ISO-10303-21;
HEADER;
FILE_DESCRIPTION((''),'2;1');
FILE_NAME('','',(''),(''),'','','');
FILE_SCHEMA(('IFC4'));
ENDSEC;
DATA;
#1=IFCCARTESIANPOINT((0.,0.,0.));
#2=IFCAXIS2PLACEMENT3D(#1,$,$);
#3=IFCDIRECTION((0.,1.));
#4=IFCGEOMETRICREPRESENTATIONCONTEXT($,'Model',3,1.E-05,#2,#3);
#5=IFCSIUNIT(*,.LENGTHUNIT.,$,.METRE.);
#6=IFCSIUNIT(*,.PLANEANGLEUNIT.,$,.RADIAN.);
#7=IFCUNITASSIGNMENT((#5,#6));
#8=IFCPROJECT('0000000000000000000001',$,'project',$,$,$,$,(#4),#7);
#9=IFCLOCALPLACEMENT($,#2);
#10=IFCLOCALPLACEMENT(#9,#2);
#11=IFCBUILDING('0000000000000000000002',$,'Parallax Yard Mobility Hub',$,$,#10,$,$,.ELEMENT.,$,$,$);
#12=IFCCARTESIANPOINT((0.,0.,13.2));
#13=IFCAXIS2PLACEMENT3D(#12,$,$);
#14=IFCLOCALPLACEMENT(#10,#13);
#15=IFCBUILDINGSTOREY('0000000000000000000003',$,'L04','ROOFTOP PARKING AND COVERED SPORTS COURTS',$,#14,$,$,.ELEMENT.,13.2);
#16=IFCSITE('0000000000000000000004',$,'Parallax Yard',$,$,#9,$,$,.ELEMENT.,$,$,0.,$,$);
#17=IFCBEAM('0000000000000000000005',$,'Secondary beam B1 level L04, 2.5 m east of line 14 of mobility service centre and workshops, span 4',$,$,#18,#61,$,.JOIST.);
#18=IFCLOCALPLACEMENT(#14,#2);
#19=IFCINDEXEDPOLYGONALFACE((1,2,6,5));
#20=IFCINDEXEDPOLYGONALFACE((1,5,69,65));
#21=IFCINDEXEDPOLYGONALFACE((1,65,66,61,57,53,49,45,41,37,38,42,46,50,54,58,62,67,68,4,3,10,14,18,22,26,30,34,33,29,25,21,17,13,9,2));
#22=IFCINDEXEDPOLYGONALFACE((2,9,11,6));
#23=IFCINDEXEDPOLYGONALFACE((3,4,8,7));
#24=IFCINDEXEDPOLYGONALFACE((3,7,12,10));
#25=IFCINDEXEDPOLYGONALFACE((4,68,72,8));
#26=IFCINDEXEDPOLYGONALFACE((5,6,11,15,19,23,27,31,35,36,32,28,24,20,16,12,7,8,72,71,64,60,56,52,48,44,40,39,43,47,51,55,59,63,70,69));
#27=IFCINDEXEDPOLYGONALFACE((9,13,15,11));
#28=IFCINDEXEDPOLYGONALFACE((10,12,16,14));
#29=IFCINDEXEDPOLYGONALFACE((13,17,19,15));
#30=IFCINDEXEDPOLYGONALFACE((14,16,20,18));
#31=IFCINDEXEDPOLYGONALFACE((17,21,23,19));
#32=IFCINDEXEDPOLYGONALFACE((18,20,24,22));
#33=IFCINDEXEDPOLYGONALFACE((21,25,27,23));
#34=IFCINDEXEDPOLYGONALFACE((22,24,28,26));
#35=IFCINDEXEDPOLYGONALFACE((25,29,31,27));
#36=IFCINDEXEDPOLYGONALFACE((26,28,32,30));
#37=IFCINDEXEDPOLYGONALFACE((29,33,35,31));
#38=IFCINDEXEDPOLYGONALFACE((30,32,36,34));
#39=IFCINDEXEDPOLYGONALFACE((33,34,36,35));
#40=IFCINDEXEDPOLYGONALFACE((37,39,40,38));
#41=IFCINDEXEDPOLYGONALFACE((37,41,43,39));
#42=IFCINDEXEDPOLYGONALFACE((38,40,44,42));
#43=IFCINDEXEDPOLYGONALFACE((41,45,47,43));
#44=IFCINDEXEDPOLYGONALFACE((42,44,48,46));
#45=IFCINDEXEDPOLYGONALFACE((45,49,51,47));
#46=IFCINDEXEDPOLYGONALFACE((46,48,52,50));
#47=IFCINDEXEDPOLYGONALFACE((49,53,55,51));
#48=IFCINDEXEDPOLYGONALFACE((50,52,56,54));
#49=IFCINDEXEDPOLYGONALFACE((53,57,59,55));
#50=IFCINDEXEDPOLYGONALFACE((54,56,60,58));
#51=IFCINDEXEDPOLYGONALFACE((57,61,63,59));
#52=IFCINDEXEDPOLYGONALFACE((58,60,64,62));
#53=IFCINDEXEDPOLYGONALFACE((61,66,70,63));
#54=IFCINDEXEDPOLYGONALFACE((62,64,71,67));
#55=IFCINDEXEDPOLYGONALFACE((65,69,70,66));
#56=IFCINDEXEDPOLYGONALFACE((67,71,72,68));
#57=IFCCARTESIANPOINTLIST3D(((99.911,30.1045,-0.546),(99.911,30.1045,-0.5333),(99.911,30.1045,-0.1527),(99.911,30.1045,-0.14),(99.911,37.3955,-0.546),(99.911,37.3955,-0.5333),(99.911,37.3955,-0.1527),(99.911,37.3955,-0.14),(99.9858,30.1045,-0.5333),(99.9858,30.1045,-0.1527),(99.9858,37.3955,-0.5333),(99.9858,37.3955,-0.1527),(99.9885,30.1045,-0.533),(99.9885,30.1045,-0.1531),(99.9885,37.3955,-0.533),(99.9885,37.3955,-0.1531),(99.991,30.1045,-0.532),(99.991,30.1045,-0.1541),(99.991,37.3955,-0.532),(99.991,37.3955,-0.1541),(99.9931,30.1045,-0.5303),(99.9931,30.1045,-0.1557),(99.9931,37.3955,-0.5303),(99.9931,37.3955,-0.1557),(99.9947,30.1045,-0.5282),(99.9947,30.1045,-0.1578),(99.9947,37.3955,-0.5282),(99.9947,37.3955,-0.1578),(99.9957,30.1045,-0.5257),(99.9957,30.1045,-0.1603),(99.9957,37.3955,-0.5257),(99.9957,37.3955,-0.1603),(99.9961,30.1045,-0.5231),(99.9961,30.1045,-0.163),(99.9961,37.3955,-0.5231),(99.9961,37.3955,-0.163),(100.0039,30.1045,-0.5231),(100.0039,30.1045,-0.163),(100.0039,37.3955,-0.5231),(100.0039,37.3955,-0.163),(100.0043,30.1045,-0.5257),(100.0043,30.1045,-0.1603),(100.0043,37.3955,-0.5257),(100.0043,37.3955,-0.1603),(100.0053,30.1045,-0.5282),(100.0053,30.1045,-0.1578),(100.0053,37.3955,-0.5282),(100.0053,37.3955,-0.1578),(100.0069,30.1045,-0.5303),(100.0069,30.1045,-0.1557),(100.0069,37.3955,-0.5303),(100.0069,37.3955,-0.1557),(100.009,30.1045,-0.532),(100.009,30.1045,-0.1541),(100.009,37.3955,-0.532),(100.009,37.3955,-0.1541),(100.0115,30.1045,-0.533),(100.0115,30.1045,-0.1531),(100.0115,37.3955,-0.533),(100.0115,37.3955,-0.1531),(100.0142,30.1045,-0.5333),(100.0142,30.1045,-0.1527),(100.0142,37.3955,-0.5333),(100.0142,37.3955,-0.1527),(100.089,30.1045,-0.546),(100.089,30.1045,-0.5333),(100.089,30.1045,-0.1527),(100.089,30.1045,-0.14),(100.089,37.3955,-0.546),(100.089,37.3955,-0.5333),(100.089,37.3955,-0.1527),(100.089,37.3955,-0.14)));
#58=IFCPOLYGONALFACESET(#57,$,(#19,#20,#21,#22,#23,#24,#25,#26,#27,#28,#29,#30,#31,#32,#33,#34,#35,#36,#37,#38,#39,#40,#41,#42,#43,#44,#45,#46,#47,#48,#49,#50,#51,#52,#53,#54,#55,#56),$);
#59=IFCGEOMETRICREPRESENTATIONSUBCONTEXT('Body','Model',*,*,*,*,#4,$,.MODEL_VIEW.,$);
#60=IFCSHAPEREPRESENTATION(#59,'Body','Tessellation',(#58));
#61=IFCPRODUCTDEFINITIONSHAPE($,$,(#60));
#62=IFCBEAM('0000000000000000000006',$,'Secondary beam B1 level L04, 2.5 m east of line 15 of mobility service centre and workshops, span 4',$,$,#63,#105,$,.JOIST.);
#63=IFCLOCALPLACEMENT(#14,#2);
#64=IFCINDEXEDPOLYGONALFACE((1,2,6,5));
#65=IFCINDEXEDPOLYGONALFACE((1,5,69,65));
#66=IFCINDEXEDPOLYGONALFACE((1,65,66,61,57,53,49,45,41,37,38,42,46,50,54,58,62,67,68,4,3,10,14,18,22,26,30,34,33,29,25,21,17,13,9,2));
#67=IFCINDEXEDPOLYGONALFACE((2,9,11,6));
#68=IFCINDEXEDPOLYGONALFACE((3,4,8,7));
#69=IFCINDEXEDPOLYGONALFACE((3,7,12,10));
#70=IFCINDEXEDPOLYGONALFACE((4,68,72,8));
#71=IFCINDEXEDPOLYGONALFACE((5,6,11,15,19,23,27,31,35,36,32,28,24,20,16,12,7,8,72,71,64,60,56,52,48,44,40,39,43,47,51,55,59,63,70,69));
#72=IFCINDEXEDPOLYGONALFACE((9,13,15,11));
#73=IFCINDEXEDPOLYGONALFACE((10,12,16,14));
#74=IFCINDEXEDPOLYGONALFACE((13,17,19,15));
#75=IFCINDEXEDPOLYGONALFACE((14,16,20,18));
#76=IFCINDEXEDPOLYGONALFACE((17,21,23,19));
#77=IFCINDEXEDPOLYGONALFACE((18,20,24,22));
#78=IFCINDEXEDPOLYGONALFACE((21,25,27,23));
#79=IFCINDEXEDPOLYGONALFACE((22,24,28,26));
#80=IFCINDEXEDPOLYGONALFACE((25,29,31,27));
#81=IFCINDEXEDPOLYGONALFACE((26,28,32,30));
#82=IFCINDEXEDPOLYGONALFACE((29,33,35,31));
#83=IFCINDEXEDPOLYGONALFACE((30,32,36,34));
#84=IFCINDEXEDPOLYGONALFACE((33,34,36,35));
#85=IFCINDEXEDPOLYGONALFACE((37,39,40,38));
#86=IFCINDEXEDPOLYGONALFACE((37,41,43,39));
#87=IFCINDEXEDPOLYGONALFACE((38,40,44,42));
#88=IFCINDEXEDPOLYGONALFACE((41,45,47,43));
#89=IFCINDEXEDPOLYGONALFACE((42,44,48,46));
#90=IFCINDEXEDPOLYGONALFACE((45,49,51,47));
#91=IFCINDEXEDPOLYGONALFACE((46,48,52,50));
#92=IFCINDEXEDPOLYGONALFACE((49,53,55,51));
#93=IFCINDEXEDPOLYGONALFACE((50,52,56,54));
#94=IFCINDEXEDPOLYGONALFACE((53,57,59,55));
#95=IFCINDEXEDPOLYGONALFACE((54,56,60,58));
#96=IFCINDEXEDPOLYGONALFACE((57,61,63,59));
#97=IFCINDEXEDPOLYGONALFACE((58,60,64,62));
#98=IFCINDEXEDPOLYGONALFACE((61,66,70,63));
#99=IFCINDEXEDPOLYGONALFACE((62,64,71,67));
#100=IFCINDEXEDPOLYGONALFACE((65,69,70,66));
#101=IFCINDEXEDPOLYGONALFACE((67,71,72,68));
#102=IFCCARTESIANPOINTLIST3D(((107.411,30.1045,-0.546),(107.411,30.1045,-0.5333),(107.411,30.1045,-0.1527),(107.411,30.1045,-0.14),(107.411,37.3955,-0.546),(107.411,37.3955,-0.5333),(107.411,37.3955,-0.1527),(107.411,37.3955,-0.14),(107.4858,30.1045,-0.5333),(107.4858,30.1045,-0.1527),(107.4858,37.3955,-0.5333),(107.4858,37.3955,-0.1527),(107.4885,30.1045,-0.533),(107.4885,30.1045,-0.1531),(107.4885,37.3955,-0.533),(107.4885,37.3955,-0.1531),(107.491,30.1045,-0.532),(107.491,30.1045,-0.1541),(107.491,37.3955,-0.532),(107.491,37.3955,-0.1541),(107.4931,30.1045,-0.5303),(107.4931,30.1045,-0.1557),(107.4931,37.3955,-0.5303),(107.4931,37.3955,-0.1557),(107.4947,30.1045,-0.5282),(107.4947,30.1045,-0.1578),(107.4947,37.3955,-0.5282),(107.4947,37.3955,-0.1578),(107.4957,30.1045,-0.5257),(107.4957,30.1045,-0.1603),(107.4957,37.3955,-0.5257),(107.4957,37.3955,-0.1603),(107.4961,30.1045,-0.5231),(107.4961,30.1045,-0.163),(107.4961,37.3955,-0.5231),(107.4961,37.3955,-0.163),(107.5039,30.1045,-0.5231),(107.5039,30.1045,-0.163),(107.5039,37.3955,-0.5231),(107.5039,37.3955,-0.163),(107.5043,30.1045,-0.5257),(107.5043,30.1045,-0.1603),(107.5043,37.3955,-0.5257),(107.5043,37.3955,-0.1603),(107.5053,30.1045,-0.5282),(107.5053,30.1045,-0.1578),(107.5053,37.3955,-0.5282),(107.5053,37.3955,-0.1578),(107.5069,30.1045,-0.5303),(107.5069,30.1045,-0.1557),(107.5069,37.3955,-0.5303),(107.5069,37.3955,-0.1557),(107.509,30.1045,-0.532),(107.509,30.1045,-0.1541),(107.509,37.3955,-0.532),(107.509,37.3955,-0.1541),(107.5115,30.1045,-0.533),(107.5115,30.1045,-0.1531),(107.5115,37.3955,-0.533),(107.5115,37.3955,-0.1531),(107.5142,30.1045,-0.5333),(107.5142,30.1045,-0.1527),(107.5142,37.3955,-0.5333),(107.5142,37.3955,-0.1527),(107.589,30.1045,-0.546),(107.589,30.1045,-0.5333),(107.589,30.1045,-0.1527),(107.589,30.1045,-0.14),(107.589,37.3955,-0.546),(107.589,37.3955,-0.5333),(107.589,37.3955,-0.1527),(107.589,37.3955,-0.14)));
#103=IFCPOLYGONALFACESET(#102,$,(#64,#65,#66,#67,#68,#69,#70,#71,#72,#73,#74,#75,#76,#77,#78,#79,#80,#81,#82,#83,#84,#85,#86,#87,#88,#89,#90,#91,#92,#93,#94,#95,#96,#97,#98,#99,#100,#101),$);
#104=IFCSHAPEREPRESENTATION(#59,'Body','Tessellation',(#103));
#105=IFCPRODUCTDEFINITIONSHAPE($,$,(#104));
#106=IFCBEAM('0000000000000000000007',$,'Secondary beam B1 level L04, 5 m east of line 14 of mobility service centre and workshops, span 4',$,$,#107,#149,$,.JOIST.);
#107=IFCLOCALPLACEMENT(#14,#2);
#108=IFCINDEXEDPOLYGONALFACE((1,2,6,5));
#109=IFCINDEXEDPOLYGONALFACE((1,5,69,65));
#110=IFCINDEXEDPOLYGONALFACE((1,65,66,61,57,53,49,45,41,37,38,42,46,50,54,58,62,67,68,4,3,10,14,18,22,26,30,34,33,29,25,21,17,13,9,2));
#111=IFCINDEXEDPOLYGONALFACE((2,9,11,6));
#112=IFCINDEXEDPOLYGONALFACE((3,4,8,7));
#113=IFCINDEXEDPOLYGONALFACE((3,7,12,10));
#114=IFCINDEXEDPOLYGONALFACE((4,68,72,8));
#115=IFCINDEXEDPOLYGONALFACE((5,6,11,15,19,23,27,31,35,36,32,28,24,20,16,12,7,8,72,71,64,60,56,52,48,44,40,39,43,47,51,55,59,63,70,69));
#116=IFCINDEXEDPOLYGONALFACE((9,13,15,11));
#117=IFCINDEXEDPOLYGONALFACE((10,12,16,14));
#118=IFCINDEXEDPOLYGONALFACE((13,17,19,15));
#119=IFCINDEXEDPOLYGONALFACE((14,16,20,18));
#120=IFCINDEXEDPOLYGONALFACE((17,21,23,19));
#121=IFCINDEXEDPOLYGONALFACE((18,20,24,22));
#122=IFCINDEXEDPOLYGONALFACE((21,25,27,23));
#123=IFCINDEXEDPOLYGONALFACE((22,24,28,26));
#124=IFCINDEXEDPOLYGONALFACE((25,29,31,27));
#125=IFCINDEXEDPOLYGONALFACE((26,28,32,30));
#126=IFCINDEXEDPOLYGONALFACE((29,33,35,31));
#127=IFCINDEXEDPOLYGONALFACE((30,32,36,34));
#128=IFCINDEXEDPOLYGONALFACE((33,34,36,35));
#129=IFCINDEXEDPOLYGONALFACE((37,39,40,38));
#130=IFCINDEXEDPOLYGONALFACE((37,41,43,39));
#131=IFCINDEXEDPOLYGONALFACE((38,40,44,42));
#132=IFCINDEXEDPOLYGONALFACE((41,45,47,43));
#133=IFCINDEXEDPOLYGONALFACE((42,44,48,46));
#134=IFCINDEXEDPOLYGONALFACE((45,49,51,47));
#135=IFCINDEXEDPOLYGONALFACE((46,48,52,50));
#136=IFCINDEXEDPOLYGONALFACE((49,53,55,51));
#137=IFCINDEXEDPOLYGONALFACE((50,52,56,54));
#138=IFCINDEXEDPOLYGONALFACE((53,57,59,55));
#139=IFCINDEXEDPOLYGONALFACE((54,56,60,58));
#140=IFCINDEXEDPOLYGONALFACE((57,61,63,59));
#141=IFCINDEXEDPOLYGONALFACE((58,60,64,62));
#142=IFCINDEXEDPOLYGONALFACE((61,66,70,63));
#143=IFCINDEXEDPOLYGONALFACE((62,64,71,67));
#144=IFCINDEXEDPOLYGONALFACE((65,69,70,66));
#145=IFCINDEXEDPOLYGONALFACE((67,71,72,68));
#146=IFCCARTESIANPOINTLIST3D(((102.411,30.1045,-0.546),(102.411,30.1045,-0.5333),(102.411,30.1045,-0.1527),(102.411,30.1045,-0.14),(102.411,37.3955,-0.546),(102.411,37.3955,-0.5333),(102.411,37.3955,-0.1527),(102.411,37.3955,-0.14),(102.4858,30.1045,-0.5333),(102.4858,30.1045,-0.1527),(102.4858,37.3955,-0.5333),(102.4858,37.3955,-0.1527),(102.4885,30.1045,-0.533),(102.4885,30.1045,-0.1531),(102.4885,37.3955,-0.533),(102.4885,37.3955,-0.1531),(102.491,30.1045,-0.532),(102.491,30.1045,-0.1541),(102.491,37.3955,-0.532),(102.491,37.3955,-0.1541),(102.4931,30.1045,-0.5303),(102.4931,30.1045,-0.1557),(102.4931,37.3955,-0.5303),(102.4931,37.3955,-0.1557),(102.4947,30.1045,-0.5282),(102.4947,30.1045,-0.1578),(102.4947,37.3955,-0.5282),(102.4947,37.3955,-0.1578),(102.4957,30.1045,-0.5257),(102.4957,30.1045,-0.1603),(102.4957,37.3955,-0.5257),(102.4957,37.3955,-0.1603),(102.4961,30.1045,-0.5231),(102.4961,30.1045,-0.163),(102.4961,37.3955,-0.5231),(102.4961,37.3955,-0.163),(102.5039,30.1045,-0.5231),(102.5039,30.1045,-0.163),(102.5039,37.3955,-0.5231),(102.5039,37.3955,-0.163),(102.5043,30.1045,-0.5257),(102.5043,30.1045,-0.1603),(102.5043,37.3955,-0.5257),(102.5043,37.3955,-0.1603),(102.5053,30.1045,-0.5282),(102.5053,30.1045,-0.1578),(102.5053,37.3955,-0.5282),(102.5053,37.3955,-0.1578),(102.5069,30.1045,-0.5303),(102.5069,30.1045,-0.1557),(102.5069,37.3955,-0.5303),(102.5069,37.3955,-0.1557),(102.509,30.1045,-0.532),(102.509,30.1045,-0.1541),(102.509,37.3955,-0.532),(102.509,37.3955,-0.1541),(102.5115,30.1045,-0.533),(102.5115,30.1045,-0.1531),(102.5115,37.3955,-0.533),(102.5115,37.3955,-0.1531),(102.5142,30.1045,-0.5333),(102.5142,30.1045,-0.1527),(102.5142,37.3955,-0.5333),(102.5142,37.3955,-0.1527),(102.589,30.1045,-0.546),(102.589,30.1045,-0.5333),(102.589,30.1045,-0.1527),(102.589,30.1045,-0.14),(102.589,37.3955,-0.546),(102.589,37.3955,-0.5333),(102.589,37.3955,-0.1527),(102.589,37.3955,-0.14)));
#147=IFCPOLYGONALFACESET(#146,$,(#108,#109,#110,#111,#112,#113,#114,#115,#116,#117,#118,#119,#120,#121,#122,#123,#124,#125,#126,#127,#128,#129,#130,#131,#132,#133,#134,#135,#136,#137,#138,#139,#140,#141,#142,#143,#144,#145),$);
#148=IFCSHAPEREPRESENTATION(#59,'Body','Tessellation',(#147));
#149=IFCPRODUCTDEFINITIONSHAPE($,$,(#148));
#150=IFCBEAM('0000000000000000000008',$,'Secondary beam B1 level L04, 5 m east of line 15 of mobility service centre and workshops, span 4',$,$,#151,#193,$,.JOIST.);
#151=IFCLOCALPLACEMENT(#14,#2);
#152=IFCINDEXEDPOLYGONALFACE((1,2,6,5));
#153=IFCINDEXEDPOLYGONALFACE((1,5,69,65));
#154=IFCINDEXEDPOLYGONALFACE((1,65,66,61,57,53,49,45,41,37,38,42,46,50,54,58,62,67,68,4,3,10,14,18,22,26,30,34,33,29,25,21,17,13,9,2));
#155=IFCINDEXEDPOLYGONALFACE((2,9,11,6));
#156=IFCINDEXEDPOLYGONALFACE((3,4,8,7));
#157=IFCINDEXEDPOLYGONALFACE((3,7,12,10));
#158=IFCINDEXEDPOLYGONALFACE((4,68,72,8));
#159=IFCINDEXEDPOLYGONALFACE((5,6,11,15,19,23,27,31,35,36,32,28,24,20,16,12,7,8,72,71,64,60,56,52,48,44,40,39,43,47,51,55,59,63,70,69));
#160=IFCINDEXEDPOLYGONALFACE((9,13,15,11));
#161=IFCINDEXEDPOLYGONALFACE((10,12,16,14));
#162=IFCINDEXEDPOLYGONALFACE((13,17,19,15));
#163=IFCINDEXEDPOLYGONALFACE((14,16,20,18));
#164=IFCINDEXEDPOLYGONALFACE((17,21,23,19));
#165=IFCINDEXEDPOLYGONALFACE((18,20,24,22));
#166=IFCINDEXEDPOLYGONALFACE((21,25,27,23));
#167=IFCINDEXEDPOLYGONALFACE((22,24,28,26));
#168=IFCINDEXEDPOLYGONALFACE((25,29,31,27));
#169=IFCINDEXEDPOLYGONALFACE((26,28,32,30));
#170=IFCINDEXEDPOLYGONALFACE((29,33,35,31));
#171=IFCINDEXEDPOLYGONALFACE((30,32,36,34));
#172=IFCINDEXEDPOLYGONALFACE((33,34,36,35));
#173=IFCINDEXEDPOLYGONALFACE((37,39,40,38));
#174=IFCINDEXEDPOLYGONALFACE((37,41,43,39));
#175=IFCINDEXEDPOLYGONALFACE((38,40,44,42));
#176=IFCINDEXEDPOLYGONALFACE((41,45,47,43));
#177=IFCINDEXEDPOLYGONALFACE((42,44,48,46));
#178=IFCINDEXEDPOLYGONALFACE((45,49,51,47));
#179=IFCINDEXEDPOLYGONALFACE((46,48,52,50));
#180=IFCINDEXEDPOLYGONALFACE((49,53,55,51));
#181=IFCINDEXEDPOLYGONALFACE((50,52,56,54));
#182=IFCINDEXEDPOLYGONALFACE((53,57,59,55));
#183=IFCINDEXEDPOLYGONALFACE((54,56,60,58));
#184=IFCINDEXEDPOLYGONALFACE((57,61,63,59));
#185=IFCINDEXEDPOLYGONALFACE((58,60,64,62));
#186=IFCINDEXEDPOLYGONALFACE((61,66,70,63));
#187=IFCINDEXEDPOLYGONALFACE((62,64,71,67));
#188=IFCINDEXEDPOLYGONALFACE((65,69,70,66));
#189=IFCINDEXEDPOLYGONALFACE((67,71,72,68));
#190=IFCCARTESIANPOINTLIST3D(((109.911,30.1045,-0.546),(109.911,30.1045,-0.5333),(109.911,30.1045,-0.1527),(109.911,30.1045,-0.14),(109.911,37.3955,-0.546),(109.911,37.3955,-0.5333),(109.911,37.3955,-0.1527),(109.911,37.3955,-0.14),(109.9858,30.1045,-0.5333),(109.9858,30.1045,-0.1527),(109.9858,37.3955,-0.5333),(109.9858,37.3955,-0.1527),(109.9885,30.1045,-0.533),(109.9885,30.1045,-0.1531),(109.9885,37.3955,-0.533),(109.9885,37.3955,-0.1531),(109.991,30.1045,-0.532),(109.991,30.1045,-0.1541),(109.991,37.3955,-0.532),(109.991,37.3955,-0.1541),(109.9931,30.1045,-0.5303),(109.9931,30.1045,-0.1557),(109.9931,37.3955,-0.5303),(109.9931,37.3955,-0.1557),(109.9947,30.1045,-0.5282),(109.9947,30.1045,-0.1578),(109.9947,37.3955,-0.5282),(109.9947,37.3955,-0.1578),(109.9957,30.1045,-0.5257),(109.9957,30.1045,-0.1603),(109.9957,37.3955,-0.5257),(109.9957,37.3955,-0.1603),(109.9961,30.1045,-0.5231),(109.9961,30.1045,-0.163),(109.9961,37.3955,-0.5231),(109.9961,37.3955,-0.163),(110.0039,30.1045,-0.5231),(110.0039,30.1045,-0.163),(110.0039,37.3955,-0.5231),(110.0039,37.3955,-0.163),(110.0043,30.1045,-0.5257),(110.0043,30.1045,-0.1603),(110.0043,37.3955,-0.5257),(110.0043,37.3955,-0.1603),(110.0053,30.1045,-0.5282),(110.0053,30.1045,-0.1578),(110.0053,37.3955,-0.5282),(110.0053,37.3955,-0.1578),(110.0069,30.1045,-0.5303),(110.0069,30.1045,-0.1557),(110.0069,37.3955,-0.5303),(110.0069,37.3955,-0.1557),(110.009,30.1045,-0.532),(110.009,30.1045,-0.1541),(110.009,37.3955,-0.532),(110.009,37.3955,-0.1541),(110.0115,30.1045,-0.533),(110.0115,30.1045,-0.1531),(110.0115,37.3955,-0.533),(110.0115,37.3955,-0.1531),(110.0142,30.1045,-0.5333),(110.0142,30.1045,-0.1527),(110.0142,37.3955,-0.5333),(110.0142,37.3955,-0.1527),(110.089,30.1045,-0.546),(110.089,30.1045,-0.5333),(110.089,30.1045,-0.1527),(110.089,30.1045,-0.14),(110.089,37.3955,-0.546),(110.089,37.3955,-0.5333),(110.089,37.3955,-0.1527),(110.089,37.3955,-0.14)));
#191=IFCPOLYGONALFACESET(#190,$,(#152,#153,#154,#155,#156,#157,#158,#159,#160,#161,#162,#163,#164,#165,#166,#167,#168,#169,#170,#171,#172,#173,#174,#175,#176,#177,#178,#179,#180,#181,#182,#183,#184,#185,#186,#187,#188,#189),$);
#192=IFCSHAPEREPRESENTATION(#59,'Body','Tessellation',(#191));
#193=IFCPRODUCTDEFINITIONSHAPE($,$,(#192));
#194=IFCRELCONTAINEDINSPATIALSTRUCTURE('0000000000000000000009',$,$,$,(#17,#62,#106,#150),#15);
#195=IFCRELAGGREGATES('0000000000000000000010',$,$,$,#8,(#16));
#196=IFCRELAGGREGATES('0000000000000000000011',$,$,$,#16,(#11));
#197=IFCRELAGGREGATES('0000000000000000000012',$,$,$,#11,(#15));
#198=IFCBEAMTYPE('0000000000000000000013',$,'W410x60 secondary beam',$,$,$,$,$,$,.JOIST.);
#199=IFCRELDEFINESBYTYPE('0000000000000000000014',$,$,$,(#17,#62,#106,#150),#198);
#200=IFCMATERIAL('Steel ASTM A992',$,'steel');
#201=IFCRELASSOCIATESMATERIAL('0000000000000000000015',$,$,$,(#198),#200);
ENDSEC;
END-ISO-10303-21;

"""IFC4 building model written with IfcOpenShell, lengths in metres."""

from ifc_helpers import new_model, si_unit, direction, frame, origin, origin_2d, place, context, subcontext, project, spatial, i_section, extrude, material, material_profile, profile_set, type_object, element, save


model = new_model("IFC4")

# Units and contexts
model_context = context("Model", 3, precision=1e-05, world=origin(), true_north=direction((0.0, 1.0)))
body_context = subcontext(model_context, "Body", "Model", "MODEL_VIEW")
ifc_project = project(units=[si_unit("LENGTHUNIT", "METRE"), si_unit("PLANEANGLEUNIT", "RADIAN")], contexts=[model_context])

# Site, building, storey
site_placement = place(None, origin())
site = spatial("IfcSite", under=ifc_project, at=site_placement, Name="Parallax Yard", CompositionType="ELEMENT", RefElevation=0.0)
building_placement = place(site_placement, origin())
building = spatial("IfcBuilding", under=site, at=building_placement, Name="Parallax Yard Mobility Hub", CompositionType="ELEMENT")
storey_placement = place(building_placement, frame((0.0, 0.0, 13.2)))
storey = spatial("IfcBuildingStorey", under=building, at=storey_placement, Name="L04", Description="ROOFTOP PARKING AND COVERED SPORTS COURTS", CompositionType="ELEMENT", Elevation=13.2)

# Shared definitions
ifc_material_1 = material(Name="Steel ASTM A992", Category="steel")

# Beams
ifc_material_profile_1 = material_profile(ifc_material_1, i_section(OverallWidth=0.178, OverallDepth=0.406, WebThickness=0.0078, FlangeThickness=0.0127, FilletRadius=0.0103, at=origin_2d()), Name="W410x60")
ifc_profile_set_1 = profile_set([ifc_material_profile_1], Name="Steel ASTM A992")
beam_type_1 = type_object("IfcBeamType", Name="W410x60 secondary beam", PredefinedType="JOIST", material=ifc_profile_set_1)
for number, where, z_axis, x_axis, name in (
    (1, (100.0, 30.1045, -0.343), (0.0, 1.0, 0.0), (-1.0, 0.0, 0.0), "Secondary beam B1 level L04, 2.5 m east of line 14 of mobility service centre and workshops, span 4"),
    (2, (107.5, 30.1045, -0.343), (0.0, 1.0, 0.0), (-1.0, 0.0, 0.0), "Secondary beam B1 level L04, 2.5 m east of line 15 of mobility service centre and workshops, span 4"),
    (3, (102.5, 30.1045, -0.343), (0.0, 1.0, 0.0), (-1.0, 0.0, 0.0), "Secondary beam B1 level L04, 5 m east of line 14 of mobility service centre and workshops, span 4"),
    (4, (110.0, 30.1045, -0.343), (0.0, 1.0, 0.0), (-1.0, 0.0, 0.0), "Secondary beam B1 level L04, 5 m east of line 15 of mobility service centre and workshops, span 4"),
):
    element("IfcBeam", number, at=place(storey_placement, frame(where, z_axis=z_axis, x_axis=x_axis)), inside=storey, type_object=beam_type_1, Name=name, PredefinedType="JOIST", context=body_context, shape_type="SweptSolid", body=[
        extrude(i_section(OverallWidth=0.178, OverallDepth=0.406, WebThickness=0.0078, FlangeThickness=0.0127, FilletRadius=0.0103, at=origin_2d()), origin(), (0.0, 0.0, 1.0), 7.291),
    ])

save(model, "model.ifc")
